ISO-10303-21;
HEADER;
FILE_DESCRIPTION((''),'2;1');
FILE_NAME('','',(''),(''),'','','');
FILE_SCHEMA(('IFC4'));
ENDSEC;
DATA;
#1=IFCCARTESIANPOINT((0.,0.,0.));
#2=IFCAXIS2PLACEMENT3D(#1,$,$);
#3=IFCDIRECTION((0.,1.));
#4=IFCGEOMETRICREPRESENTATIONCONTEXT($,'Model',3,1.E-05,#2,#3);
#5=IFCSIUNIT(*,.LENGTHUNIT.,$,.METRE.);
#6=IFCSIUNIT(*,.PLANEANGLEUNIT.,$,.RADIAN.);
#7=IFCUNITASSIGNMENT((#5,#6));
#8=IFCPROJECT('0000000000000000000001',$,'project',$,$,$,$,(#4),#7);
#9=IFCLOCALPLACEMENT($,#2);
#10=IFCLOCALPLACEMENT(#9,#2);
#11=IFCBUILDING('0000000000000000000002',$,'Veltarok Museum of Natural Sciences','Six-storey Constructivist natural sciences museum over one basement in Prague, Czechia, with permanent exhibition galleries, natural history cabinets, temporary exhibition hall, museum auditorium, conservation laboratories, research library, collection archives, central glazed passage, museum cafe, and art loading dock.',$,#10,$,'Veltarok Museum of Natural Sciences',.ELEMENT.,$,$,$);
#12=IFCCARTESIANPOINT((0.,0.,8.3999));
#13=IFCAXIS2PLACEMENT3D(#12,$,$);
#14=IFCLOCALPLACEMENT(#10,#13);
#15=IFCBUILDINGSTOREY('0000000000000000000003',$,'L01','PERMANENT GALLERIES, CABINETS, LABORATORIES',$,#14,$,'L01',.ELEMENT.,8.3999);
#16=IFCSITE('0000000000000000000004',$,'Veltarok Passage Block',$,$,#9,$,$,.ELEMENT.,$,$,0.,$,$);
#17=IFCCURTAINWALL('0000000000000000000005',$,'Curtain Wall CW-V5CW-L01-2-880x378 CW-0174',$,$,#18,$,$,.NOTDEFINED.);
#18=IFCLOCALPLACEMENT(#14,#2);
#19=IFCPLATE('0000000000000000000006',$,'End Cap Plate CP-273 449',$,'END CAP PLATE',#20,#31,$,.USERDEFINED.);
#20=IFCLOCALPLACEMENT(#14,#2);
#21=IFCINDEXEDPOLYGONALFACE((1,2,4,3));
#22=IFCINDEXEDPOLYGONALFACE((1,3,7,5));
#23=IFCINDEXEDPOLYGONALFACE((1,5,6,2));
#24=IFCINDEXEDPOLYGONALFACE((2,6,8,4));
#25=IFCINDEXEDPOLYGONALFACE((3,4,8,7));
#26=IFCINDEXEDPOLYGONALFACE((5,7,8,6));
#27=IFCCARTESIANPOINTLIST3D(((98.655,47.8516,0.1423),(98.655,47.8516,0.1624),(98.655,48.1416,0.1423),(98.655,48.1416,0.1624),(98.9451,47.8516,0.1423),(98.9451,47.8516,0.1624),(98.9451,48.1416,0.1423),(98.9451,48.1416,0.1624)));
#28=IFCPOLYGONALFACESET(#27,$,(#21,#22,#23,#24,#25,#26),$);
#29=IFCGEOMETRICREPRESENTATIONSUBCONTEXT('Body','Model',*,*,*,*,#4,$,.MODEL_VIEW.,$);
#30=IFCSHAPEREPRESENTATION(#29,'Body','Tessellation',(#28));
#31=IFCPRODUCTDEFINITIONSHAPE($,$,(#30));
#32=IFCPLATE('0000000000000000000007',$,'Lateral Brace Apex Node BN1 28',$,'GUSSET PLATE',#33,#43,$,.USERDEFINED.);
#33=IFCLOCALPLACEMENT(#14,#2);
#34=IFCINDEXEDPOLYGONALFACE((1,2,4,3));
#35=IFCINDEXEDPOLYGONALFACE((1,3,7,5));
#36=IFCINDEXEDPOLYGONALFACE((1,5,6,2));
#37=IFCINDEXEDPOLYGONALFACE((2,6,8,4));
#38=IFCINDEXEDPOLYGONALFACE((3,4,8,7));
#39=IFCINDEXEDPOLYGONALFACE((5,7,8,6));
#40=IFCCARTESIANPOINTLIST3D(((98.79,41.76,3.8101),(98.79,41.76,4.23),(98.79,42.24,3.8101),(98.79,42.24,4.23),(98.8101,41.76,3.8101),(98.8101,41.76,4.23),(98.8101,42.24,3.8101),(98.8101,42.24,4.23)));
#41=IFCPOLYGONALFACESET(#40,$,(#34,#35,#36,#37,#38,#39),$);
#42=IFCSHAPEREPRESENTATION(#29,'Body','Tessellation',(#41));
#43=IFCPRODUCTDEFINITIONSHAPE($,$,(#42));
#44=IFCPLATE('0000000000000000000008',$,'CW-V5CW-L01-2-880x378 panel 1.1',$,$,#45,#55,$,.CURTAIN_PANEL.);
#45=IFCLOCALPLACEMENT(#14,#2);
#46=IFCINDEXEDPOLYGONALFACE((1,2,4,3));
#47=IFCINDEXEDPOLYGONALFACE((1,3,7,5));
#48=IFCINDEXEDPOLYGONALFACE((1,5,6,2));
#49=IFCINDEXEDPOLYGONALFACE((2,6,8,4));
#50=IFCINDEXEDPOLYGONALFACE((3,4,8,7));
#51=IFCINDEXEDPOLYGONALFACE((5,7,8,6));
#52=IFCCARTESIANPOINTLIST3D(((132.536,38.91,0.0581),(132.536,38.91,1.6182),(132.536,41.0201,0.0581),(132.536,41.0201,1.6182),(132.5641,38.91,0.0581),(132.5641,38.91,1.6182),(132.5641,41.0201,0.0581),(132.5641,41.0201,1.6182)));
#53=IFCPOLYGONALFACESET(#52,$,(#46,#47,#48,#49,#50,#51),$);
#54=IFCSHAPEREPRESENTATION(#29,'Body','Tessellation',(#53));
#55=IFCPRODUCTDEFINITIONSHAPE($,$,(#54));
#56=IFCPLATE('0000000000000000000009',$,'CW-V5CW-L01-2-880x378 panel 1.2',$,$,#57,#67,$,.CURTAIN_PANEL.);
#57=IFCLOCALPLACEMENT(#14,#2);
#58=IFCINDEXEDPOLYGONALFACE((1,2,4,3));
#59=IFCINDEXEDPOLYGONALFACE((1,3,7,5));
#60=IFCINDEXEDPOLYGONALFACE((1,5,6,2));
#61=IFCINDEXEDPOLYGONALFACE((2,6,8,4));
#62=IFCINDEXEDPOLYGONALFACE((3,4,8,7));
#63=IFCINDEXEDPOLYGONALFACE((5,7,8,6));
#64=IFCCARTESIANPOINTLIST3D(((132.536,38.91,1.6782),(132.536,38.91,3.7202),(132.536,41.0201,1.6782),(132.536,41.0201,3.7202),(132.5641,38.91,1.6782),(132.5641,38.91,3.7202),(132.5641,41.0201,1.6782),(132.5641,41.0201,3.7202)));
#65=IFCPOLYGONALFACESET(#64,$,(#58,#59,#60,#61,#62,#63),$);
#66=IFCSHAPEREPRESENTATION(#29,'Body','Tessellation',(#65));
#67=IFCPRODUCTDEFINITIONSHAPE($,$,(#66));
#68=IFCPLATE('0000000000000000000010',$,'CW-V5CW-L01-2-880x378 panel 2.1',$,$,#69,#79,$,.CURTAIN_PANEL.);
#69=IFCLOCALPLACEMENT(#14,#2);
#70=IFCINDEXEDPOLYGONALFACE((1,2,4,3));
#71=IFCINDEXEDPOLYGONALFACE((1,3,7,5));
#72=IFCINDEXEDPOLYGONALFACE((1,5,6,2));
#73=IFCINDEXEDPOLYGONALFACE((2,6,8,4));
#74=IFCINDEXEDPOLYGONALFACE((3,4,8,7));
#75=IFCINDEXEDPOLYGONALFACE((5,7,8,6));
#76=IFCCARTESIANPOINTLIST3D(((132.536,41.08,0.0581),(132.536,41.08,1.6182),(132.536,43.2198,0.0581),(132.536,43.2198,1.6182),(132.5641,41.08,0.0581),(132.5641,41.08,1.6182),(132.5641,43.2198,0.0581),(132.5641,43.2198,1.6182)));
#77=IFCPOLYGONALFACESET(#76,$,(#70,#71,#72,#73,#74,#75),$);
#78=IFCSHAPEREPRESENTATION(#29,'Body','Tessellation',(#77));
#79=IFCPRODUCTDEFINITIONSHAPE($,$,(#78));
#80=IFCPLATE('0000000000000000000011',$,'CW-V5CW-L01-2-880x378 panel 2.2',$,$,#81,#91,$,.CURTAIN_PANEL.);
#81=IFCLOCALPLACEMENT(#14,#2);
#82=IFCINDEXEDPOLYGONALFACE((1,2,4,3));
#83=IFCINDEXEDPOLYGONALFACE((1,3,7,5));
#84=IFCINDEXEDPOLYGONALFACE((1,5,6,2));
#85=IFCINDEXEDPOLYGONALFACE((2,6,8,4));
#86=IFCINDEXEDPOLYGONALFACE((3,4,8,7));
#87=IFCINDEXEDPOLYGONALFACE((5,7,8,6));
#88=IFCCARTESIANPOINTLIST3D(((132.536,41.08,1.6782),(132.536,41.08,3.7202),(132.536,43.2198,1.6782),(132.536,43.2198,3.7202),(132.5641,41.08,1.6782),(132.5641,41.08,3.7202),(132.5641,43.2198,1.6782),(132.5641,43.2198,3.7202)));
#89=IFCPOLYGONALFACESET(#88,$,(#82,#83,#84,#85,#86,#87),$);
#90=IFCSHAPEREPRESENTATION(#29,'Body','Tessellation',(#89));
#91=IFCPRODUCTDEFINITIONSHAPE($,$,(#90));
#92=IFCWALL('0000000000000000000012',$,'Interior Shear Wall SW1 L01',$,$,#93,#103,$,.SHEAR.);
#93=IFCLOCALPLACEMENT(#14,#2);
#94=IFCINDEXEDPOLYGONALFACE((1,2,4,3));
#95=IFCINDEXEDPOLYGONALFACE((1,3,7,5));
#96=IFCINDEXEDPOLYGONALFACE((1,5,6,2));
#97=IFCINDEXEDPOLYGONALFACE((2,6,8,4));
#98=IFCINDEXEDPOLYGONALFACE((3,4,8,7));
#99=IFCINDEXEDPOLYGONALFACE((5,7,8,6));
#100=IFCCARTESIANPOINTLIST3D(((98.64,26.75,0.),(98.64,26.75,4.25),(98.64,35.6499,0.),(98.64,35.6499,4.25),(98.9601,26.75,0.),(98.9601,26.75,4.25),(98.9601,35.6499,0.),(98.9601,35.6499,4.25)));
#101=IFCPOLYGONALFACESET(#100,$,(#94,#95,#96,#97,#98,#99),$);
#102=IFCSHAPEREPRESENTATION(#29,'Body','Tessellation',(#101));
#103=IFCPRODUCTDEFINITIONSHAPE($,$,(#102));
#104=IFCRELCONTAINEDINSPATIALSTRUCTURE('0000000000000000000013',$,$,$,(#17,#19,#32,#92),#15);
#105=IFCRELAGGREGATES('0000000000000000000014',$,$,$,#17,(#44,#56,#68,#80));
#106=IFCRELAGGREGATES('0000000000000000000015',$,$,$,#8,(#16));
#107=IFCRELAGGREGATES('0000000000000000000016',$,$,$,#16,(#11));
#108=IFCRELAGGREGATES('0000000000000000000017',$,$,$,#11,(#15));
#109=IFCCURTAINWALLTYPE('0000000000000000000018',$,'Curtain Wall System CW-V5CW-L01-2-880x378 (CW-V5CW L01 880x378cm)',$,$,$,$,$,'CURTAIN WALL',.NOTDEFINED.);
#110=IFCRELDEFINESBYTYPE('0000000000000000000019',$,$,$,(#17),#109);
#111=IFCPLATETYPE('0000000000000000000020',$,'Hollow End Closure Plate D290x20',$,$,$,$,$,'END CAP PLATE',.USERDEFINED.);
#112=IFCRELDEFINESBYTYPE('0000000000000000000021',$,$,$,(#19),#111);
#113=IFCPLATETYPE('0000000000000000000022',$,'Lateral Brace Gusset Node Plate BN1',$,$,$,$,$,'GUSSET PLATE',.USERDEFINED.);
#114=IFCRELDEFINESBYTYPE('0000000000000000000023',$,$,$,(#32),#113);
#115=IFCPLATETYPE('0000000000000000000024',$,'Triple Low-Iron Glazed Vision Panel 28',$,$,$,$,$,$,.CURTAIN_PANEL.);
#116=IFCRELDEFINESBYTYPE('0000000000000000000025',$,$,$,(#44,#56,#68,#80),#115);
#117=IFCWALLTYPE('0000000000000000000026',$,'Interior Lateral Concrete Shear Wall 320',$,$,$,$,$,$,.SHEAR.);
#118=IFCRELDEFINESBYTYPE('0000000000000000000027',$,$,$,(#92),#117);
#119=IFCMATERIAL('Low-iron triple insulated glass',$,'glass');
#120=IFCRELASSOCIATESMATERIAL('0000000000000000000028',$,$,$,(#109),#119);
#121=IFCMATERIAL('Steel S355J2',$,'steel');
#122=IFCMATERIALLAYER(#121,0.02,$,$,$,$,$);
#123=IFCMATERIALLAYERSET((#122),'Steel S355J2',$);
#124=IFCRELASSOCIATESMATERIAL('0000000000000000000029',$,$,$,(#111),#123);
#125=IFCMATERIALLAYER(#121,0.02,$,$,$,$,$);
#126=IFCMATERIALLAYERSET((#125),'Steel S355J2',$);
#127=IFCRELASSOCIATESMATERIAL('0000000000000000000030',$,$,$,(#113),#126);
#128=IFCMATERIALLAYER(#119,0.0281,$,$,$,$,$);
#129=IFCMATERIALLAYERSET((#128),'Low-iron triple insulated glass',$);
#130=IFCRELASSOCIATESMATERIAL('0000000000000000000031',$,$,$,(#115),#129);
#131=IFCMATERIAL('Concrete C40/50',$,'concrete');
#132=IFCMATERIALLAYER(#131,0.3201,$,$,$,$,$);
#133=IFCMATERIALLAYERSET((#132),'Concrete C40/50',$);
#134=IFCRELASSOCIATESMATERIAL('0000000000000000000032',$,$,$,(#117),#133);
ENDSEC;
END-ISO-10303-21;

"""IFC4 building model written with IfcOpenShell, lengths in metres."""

from ifc_helpers import new_model, si_unit, direction, frame, frame_2d, origin, origin_2d, place, context, subcontext, project, spatial, rectangle, extrude, material, layer, layer_set, type_object, element, aggregate, save


model = new_model("IFC4")

# Units and contexts
model_context = context("Model", 3, precision=1e-05, world=origin(), true_north=direction((0.0, 1.0)))
body_context = subcontext(model_context, "Body", "Model", "MODEL_VIEW")
ifc_project = project(units=[si_unit("LENGTHUNIT", "METRE"), si_unit("PLANEANGLEUNIT", "RADIAN")], contexts=[model_context])

# Site, building, storey
site_placement = place(None, origin())
site = spatial("IfcSite", under=ifc_project, at=site_placement, Name="Veltarok Passage Block", CompositionType="ELEMENT", RefElevation=0.0)
building_placement = place(site_placement, origin())
building = spatial("IfcBuilding", under=site, at=building_placement, Name="Veltarok Museum of Natural Sciences", Description="Six-storey Constructivist natural sciences museum over one basement in Prague, Czechia, with permanent exhibition galleries, natural history cabinets, temporary exhibition hall, museum auditorium, conservation laboratories, research library, collection archives, central glazed passage, museum cafe, and art loading dock.", LongName="Veltarok Museum of Natural Sciences", CompositionType="ELEMENT")
storey_placement = place(building_placement, frame((0.0, 0.0, 8.3999)))
storey = spatial("IfcBuildingStorey", under=building, at=storey_placement, Name="L01", Description="PERMANENT GALLERIES, CABINETS, LABORATORIES", LongName="L01", CompositionType="ELEMENT", Elevation=8.3999)

# Shared definitions
ifc_material_1 = material(Name="Steel S355J2", Category="steel")

# Curtain wall
ifc_material_2 = material(Name="Low-iron triple insulated glass", Category="glass")
curtain_wall_type = type_object("IfcCurtainWallType", Name="Curtain Wall System CW-V5CW-L01-2-880x378 (CW-V5CW L01 880x378cm)", ElementType="CURTAIN WALL", PredefinedType="NOTDEFINED", material=ifc_material_2)
curtain_wall_placement = place(storey_placement, origin())
curtain_wall = element("IfcCurtainWall", 1, at=curtain_wall_placement, inside=storey, type_object=curtain_wall_type, Name="Curtain Wall CW-V5CW-L01-2-880x378 CW-0174", PredefinedType="NOTDEFINED")

# Plates
ifc_layer_1 = layer(ifc_material_1, 0.02)
ifc_layer_set_1 = layer_set([ifc_layer_1], Name="Steel S355J2")
plate_type_1 = type_object("IfcPlateType", Name="Hollow End Closure Plate D290x20", ElementType="END CAP PLATE", PredefinedType="USERDEFINED", material=ifc_layer_set_1)
for number, where, z_axis, x_axis, name in (
    (2, (98.8, 47.9966, 0.1423), (0.0, 0.0, 1.0), (0.0, 1.0, 0.0), "End Cap Plate CP-273 449"),
):
    element("IfcPlate", number, at=place(storey_placement, frame(where, z_axis=z_axis, x_axis=x_axis)), inside=storey, type_object=plate_type_1, Name=name, ObjectType="END CAP PLATE", PredefinedType="USERDEFINED", context=body_context, shape_type="SweptSolid", body=[
        extrude(rectangle(XDim=0.29, YDim=0.29, at=origin_2d()), origin(), (0.0, 0.0, 1.0), 0.02),
    ])
ifc_layer_2 = layer(ifc_material_1, 0.02)
ifc_layer_set_2 = layer_set([ifc_layer_2], Name="Steel S355J2")
plate_type_2 = type_object("IfcPlateType", Name="Lateral Brace Gusset Node Plate BN1", ElementType="GUSSET PLATE", PredefinedType="USERDEFINED", material=ifc_layer_set_2)
plate_1_placement = place(storey_placement, frame((98.8, 42.0, 3.8101), z_axis=(0.0, 0.0, 1.0), x_axis=(1.0, 0.0, 0.0)))
element("IfcPlate", 3, at=plate_1_placement, inside=storey, type_object=plate_type_2, Name="Lateral Brace Apex Node BN1 28", ObjectType="GUSSET PLATE", PredefinedType="USERDEFINED", context=body_context, shape_type="SweptSolid", body=[
    extrude(rectangle(XDim=0.02, YDim=0.48, at=origin_2d()), origin(), (0.0, 0.0, 1.0), 0.4199),
])

# Plates
ifc_layer_3 = layer(ifc_material_2, 0.0281)
ifc_layer_set_3 = layer_set([ifc_layer_3], Name="Low-iron triple insulated glass")
plate_type_3 = type_object("IfcPlateType", Name="Triple Low-Iron Glazed Vision Panel 28", PredefinedType="CURTAIN_PANEL", material=ifc_layer_set_3)
plate_2_placement = place(storey_placement, frame((132.55, 39.9651, 0.0581), z_axis=(0.0, 0.0, 1.0), x_axis=(0.0, 1.0, 0.0)))
plate_2 = element("IfcPlate", 4, at=plate_2_placement, type_object=plate_type_3, Name="CW-V5CW-L01-2-880x378 panel 1.1", PredefinedType="CURTAIN_PANEL", context=body_context, shape_type="SweptSolid", body=[
    extrude(rectangle(XDim=2.1101, YDim=0.0281, at=origin_2d()), origin(), (0.0, 0.0, 1.0), 1.5601),
])
plate_3_placement = place(storey_placement, frame((132.55, 39.9651, 1.6782), z_axis=(0.0, 0.0, 1.0), x_axis=(0.0, 1.0, 0.0)))
plate_3 = element("IfcPlate", 5, at=plate_3_placement, type_object=plate_type_3, Name="CW-V5CW-L01-2-880x378 panel 1.2", PredefinedType="CURTAIN_PANEL", context=body_context, shape_type="SweptSolid", body=[
    extrude(rectangle(XDim=2.1101, YDim=0.0281, at=origin_2d()), origin(), (0.0, 0.0, 1.0), 2.042),
])
plate_4_placement = place(storey_placement, frame((132.55, 42.1499, 0.0581), z_axis=(0.0, 0.0, 1.0), x_axis=(0.0, 1.0, 0.0)))
plate_4 = element("IfcPlate", 6, at=plate_4_placement, type_object=plate_type_3, Name="CW-V5CW-L01-2-880x378 panel 2.1", PredefinedType="CURTAIN_PANEL", context=body_context, shape_type="SweptSolid", body=[
    extrude(rectangle(XDim=2.1399, YDim=0.0281, at=origin_2d()), origin(), (0.0, 0.0, 1.0), 1.5601),
])
plate_5_placement = place(storey_placement, frame((132.55, 42.1499, 1.6782), z_axis=(0.0, 0.0, 1.0), x_axis=(0.0, 1.0, 0.0)))
plate_5 = element("IfcPlate", 7, at=plate_5_placement, type_object=plate_type_3, Name="CW-V5CW-L01-2-880x378 panel 2.2", PredefinedType="CURTAIN_PANEL", context=body_context, shape_type="SweptSolid", body=[
    extrude(rectangle(XDim=2.1399, YDim=0.0281, at=origin_2d()), origin(), (0.0, 0.0, 1.0), 2.042),
])
aggregate(curtain_wall, [plate_2, plate_3, plate_4, plate_5])

# Wall
ifc_material_3 = material(Name="Concrete C40/50", Category="concrete")
ifc_layer_4 = layer(ifc_material_3, 0.3201)
ifc_layer_set_4 = layer_set([ifc_layer_4], Name="Concrete C40/50")
wall_type = type_object("IfcWallType", Name="Interior Lateral Concrete Shear Wall 320", PredefinedType="SHEAR", material=ifc_layer_set_4)
wall_placement = place(storey_placement, frame((98.8, 26.75, 0.0), z_axis=(0.0, 0.0, 1.0), x_axis=(0.0, 1.0, 0.0)))
element("IfcWall", 8, at=wall_placement, inside=storey, type_object=wall_type, Name="Interior Shear Wall SW1 L01", PredefinedType="SHEAR", context=body_context, shape_type="SweptSolid", body=[
    extrude(rectangle(XDim=8.8999, YDim=0.3201, at=frame_2d((4.45, 0.0))), origin(), (0.0, 0.0, 1.0), 4.25),
])

save(model, "model.ifc")
